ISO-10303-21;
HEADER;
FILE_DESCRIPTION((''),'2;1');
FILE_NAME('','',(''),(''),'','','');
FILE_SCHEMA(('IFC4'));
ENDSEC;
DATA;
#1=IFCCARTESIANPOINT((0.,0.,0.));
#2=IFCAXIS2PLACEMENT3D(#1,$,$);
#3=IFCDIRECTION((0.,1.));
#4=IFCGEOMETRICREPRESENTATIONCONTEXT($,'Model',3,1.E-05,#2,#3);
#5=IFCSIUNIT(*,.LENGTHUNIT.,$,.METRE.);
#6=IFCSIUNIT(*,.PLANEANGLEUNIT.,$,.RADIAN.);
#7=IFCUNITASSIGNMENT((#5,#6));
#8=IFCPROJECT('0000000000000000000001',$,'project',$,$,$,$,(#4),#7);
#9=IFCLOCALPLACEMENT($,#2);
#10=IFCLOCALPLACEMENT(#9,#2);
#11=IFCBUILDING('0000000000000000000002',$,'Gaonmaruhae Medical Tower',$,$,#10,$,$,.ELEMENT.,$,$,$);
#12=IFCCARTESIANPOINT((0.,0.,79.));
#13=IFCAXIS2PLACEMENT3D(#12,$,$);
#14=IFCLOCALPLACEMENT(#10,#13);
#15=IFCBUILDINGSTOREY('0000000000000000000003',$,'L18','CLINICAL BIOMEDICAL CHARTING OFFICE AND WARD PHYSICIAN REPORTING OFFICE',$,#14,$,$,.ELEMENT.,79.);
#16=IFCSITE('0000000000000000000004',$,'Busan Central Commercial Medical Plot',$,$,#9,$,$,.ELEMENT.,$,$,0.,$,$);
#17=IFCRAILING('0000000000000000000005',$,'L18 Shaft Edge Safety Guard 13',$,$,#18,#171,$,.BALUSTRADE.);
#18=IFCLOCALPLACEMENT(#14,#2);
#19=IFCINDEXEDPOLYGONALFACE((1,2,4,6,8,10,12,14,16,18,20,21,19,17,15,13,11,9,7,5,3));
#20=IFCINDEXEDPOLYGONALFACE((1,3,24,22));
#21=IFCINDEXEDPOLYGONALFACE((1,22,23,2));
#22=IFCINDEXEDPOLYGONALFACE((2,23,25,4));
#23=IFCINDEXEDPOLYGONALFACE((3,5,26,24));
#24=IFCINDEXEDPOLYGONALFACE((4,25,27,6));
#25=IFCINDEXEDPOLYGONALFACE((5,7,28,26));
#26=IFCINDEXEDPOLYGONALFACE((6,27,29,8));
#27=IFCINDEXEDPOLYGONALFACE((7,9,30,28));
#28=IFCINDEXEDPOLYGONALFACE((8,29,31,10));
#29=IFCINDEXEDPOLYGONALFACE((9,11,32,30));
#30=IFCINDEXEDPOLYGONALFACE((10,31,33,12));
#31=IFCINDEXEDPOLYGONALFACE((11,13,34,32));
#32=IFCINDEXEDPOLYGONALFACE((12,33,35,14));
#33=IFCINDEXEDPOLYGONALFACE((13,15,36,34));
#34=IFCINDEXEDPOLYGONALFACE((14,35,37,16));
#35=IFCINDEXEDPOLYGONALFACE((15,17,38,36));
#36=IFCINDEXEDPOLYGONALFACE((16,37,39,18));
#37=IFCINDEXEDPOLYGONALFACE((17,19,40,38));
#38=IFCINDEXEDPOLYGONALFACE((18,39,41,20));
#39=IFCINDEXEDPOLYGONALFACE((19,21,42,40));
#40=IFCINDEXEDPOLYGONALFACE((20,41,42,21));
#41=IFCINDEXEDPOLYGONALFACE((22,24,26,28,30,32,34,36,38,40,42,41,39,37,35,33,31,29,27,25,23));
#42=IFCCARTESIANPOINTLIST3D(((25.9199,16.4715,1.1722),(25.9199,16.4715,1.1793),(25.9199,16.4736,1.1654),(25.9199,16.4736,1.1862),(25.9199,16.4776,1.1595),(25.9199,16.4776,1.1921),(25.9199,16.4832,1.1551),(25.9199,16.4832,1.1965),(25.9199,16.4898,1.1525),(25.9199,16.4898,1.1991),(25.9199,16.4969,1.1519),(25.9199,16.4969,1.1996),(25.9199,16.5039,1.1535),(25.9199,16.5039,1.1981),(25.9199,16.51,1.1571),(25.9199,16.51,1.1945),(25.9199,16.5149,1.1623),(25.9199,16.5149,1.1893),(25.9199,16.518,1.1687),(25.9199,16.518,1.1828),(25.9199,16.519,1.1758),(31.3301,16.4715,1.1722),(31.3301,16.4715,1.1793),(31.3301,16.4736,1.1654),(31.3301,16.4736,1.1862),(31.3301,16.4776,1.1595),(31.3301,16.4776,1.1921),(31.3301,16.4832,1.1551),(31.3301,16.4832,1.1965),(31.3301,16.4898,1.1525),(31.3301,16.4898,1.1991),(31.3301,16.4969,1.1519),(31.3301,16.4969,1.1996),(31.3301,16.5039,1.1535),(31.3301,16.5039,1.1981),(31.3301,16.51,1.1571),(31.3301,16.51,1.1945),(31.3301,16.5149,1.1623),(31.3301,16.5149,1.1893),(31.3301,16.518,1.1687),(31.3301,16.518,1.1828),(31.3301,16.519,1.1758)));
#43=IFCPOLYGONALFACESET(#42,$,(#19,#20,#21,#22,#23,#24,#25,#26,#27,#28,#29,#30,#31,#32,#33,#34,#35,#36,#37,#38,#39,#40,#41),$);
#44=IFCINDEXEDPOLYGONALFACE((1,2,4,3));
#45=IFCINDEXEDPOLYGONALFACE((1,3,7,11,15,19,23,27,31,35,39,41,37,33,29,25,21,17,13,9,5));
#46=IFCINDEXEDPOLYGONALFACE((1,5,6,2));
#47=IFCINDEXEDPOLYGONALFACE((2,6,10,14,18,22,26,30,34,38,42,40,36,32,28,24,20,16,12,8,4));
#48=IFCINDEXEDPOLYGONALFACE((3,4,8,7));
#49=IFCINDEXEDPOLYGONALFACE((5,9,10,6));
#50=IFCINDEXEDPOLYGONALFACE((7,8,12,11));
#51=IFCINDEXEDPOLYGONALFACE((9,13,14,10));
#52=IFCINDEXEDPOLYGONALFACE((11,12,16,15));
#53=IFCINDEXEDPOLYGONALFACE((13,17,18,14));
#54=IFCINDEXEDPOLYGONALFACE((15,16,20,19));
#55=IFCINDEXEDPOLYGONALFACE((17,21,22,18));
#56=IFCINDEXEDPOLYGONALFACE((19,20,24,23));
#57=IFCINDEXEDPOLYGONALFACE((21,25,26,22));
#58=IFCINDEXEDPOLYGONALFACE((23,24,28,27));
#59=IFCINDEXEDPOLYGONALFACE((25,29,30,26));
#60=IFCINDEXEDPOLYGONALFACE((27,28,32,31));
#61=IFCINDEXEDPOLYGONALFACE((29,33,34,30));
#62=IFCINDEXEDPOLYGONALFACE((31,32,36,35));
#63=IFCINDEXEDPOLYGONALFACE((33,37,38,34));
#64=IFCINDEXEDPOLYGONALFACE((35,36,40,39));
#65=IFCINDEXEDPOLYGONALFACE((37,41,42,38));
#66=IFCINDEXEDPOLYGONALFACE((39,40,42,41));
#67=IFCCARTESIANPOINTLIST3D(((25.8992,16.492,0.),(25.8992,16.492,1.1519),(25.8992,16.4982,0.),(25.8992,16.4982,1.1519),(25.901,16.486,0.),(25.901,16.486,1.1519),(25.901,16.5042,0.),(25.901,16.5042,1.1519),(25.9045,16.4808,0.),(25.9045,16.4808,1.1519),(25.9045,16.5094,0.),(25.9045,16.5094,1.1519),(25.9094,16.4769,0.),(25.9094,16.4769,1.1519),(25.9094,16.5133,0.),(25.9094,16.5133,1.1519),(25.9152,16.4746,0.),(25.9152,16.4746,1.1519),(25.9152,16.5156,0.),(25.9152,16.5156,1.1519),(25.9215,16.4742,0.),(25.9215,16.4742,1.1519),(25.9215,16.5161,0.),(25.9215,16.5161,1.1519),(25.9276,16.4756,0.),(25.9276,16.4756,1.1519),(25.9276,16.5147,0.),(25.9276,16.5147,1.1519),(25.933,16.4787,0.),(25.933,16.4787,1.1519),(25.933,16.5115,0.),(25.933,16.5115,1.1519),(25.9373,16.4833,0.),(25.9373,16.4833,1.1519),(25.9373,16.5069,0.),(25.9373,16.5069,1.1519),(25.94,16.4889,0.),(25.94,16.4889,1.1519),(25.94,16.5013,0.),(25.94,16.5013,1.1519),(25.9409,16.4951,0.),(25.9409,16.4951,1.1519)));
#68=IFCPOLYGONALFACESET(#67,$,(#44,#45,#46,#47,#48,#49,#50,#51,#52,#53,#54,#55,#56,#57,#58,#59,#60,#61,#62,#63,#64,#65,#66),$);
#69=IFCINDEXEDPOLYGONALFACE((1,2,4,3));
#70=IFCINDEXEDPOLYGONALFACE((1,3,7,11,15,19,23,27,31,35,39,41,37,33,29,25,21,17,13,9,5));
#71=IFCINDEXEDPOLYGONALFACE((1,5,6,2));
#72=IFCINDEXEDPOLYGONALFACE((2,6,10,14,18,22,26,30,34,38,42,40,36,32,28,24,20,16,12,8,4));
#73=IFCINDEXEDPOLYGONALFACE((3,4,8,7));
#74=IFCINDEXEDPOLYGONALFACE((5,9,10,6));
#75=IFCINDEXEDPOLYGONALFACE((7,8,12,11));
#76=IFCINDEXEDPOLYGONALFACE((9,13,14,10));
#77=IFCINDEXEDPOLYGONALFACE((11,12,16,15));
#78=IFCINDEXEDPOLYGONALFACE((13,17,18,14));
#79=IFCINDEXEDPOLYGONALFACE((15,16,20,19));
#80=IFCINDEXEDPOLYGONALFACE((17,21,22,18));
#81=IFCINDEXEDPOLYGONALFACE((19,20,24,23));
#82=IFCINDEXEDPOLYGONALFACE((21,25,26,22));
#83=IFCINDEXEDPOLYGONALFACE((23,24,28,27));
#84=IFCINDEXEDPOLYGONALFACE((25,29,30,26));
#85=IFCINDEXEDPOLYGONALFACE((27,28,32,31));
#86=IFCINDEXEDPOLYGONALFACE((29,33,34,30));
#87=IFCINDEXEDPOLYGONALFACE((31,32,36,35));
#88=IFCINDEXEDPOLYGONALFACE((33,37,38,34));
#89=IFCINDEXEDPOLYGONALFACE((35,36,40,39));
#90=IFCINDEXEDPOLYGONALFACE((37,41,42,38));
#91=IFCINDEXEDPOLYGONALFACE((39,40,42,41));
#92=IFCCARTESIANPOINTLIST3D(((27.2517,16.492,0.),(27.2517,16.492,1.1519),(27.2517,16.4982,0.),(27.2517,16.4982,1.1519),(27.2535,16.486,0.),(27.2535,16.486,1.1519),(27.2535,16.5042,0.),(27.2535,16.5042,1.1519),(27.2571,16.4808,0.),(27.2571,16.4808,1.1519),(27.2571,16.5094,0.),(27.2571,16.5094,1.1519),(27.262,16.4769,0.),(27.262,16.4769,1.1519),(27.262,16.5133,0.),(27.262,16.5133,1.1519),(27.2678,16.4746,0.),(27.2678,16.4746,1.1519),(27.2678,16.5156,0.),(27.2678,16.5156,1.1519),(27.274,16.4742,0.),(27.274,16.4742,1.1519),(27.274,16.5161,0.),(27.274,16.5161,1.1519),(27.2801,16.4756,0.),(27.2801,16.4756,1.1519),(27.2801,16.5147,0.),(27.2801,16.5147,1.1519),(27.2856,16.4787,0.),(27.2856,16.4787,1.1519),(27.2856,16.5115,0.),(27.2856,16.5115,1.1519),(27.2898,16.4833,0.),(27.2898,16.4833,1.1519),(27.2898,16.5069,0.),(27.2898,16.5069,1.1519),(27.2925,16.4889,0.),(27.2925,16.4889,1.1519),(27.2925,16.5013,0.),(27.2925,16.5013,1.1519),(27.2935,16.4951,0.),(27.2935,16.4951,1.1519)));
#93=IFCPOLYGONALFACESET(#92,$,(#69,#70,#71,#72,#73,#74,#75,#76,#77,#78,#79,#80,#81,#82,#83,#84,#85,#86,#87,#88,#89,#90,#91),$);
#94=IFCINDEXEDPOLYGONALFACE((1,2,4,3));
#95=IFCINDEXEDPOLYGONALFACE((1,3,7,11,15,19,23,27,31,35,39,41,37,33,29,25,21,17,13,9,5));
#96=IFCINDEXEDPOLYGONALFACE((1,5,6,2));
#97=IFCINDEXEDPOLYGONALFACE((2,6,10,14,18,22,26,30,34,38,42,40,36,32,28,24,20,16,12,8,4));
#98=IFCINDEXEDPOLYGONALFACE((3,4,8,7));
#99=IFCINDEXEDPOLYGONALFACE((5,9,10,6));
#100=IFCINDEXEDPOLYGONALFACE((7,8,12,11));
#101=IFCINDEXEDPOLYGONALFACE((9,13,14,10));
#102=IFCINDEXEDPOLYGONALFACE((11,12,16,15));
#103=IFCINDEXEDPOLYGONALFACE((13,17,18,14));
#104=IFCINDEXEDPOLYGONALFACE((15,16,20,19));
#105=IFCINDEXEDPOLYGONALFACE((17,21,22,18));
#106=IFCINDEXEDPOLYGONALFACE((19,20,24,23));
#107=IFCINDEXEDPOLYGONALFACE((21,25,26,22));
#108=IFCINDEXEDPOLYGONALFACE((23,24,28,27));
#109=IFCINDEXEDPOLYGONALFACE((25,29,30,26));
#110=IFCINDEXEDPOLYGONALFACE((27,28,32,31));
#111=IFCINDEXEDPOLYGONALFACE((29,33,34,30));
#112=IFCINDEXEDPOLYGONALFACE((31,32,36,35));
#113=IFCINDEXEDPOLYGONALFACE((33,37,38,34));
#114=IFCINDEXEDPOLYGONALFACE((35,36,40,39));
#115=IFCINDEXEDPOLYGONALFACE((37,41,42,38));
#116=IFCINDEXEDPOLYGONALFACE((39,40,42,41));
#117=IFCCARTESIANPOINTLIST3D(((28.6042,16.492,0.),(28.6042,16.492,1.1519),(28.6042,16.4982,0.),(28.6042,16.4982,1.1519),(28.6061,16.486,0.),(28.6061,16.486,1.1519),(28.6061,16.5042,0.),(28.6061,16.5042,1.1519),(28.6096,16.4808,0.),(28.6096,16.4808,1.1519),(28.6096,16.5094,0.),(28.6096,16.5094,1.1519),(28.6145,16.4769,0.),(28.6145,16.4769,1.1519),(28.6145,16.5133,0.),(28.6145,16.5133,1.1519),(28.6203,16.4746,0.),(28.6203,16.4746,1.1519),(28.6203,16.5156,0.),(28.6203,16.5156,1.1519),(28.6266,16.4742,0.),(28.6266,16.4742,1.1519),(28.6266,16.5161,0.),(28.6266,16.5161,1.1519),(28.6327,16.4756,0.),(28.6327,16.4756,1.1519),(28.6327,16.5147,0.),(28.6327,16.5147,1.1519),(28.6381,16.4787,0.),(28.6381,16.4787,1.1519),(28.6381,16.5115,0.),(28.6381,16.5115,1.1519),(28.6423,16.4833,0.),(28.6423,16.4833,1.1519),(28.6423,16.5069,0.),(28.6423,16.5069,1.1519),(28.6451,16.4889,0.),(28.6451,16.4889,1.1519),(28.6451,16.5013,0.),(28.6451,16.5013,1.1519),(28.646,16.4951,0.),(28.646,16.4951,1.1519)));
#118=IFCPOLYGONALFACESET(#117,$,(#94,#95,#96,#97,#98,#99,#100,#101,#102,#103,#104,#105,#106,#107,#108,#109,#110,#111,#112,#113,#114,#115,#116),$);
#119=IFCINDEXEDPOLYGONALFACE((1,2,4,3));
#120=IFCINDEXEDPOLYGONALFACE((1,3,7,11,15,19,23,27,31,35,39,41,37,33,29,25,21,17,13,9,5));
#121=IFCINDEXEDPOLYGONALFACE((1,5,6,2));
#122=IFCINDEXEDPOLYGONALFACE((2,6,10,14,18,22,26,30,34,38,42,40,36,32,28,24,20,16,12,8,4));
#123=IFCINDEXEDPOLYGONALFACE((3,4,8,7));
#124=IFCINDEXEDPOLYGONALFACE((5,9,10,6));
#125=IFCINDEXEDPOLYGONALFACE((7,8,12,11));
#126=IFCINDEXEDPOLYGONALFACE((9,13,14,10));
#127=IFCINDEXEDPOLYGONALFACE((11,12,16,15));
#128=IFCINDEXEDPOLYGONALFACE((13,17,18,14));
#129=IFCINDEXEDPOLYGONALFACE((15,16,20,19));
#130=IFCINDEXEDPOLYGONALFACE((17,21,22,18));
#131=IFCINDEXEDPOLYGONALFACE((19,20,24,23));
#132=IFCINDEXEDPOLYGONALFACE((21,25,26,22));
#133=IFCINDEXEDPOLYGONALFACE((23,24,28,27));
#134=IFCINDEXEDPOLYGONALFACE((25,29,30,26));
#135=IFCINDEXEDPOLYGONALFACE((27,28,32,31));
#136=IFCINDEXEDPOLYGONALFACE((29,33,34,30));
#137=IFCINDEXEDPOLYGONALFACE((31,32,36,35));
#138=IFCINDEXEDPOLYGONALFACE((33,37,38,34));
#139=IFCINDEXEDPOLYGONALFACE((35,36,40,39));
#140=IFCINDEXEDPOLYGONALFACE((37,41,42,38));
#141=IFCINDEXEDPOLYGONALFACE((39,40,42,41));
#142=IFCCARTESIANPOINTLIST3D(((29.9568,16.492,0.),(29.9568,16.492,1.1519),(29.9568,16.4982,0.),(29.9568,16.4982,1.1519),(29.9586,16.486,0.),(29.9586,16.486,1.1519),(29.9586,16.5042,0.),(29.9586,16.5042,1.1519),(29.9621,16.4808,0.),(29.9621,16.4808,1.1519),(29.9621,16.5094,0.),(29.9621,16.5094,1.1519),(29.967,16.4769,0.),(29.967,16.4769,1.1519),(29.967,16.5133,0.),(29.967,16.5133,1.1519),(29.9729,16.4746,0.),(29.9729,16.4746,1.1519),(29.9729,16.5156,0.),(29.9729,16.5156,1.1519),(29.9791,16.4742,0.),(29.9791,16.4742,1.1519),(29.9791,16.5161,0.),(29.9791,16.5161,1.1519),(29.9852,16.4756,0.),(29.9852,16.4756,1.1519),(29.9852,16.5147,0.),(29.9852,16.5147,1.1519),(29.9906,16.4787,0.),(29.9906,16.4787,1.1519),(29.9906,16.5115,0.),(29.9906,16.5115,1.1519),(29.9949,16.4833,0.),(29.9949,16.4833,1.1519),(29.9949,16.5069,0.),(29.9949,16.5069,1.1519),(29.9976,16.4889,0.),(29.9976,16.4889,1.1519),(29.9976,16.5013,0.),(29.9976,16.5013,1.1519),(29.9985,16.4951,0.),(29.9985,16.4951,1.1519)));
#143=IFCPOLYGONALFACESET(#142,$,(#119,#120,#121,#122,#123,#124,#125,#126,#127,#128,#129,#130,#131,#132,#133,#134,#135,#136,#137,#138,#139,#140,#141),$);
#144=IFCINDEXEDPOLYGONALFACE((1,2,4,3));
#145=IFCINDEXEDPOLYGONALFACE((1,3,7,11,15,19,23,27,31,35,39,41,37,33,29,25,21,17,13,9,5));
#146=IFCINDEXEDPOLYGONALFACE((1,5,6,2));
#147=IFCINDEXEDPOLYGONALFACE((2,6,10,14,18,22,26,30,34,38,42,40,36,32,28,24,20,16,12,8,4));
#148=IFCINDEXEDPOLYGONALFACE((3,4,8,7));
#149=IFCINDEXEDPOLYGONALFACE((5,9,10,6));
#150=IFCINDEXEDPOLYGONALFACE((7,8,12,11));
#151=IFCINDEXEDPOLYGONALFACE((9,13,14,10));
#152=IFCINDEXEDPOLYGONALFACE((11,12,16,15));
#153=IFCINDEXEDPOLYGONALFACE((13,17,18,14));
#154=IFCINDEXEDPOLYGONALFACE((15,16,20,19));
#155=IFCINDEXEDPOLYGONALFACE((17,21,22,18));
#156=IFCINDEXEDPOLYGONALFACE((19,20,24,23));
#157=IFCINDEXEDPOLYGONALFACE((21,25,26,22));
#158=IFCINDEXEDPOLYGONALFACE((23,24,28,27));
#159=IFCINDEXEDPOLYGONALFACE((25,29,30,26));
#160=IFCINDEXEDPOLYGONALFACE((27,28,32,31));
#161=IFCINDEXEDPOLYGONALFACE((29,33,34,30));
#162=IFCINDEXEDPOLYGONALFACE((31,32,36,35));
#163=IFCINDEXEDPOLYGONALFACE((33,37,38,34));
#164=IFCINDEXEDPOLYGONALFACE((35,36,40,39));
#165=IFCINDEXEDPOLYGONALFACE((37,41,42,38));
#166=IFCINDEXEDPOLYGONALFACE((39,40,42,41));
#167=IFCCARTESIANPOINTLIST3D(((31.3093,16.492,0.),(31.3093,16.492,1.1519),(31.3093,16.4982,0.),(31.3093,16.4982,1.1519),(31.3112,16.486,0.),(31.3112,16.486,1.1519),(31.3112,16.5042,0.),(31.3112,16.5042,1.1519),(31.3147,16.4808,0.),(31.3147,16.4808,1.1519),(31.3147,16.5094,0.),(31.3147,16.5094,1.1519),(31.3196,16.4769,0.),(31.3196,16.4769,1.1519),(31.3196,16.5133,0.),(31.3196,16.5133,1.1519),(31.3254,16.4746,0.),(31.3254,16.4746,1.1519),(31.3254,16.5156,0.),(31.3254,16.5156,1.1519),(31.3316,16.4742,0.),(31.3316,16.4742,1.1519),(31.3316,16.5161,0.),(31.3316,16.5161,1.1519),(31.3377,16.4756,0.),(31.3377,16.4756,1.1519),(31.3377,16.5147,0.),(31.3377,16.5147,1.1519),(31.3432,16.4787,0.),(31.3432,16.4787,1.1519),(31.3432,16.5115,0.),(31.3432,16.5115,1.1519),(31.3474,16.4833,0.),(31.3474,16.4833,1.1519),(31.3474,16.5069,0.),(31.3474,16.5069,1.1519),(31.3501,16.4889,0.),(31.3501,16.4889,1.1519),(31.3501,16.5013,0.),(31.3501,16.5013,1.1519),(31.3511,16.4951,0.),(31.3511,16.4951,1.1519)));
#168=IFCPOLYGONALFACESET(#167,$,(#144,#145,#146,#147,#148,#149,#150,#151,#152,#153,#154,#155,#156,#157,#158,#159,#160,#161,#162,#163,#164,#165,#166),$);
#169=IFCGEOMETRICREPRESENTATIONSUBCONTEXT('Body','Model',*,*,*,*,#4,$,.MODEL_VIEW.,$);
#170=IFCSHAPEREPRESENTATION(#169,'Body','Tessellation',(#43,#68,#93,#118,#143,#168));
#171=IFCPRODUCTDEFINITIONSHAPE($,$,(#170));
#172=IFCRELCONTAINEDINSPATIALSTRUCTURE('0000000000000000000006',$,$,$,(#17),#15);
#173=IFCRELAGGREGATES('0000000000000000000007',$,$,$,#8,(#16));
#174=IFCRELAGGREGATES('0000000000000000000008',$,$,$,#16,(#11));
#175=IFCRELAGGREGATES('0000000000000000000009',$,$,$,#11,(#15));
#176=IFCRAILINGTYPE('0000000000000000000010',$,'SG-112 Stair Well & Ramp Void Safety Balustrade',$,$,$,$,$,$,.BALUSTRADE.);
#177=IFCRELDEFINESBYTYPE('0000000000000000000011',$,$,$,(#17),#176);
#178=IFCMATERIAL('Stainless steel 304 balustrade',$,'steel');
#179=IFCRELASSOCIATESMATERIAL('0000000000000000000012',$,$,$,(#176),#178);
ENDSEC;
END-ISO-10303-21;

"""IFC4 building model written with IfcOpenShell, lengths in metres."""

from ifc_helpers import new_model, si_unit, direction, frame, origin, origin_2d, place, context, subcontext, project, spatial, circle, extrude, material, type_object, element, save


model = new_model("IFC4")

# Units and contexts
model_context = context("Model", 3, precision=1e-05, world=origin(), true_north=direction((0.0, 1.0)))
body_context = subcontext(model_context, "Body", "Model", "MODEL_VIEW")
ifc_project = project(units=[si_unit("LENGTHUNIT", "METRE"), si_unit("PLANEANGLEUNIT", "RADIAN")], contexts=[model_context])

# Site, building, storey
site_placement = place(None, origin())
site = spatial("IfcSite", under=ifc_project, at=site_placement, Name="Busan Central Commercial Medical Plot", CompositionType="ELEMENT", RefElevation=0.0)
building_placement = place(site_placement, origin())
building = spatial("IfcBuilding", under=site, at=building_placement, Name="Gaonmaruhae Medical Tower", CompositionType="ELEMENT")
storey_placement = place(building_placement, frame((0.0, 0.0, 79.0)))
storey = spatial("IfcBuildingStorey", under=building, at=storey_placement, Name="L18", Description="CLINICAL BIOMEDICAL CHARTING OFFICE AND WARD PHYSICIAN REPORTING OFFICE", CompositionType="ELEMENT", Elevation=79.0)

# Railing
ifc_material_1 = material(Name="Stainless steel 304 balustrade", Category="steel")
railing_type = type_object("IfcRailingType", Name="SG-112 Stair Well & Ramp Void Safety Balustrade", PredefinedType="BALUSTRADE", material=ifc_material_1)
railing_1_placement = place(storey_placement, frame((25.9199, 16.4951, 0.0)))
element("IfcRailing", 1, at=railing_1_placement, inside=storey, type_object=railing_type, Name="L18 Shaft Edge Safety Guard 13", PredefinedType="BALUSTRADE", context=body_context, shape_type="SweptSolid", body=[
    extrude(circle(Radius=0.0239, at=origin_2d()), frame((0.0, 0.0, 1.1758), z_axis=(1.0, 0.0, 0.0), x_axis=(0.0, 1.0, 0.0)), (0.0, 0.0, 1.0), 5.4102),
    extrude(circle(Radius=0.021, at=origin_2d()), origin(), (0.0, 0.0, 1.0), 1.1519),
    extrude(circle(Radius=0.021, at=origin_2d()), frame((1.3525, 0.0, 0.0)), (0.0, 0.0, 1.0), 1.1519),
    extrude(circle(Radius=0.021, at=origin_2d()), frame((2.7051, 0.0, 0.0)), (0.0, 0.0, 1.0), 1.1519),
    extrude(circle(Radius=0.021, at=origin_2d()), frame((4.0576, 0.0, 0.0)), (0.0, 0.0, 1.0), 1.1519),
    extrude(circle(Radius=0.021, at=origin_2d()), frame((5.4102, 0.0, 0.0)), (0.0, 0.0, 1.0), 1.1519),
])

save(model, "model.ifc")
